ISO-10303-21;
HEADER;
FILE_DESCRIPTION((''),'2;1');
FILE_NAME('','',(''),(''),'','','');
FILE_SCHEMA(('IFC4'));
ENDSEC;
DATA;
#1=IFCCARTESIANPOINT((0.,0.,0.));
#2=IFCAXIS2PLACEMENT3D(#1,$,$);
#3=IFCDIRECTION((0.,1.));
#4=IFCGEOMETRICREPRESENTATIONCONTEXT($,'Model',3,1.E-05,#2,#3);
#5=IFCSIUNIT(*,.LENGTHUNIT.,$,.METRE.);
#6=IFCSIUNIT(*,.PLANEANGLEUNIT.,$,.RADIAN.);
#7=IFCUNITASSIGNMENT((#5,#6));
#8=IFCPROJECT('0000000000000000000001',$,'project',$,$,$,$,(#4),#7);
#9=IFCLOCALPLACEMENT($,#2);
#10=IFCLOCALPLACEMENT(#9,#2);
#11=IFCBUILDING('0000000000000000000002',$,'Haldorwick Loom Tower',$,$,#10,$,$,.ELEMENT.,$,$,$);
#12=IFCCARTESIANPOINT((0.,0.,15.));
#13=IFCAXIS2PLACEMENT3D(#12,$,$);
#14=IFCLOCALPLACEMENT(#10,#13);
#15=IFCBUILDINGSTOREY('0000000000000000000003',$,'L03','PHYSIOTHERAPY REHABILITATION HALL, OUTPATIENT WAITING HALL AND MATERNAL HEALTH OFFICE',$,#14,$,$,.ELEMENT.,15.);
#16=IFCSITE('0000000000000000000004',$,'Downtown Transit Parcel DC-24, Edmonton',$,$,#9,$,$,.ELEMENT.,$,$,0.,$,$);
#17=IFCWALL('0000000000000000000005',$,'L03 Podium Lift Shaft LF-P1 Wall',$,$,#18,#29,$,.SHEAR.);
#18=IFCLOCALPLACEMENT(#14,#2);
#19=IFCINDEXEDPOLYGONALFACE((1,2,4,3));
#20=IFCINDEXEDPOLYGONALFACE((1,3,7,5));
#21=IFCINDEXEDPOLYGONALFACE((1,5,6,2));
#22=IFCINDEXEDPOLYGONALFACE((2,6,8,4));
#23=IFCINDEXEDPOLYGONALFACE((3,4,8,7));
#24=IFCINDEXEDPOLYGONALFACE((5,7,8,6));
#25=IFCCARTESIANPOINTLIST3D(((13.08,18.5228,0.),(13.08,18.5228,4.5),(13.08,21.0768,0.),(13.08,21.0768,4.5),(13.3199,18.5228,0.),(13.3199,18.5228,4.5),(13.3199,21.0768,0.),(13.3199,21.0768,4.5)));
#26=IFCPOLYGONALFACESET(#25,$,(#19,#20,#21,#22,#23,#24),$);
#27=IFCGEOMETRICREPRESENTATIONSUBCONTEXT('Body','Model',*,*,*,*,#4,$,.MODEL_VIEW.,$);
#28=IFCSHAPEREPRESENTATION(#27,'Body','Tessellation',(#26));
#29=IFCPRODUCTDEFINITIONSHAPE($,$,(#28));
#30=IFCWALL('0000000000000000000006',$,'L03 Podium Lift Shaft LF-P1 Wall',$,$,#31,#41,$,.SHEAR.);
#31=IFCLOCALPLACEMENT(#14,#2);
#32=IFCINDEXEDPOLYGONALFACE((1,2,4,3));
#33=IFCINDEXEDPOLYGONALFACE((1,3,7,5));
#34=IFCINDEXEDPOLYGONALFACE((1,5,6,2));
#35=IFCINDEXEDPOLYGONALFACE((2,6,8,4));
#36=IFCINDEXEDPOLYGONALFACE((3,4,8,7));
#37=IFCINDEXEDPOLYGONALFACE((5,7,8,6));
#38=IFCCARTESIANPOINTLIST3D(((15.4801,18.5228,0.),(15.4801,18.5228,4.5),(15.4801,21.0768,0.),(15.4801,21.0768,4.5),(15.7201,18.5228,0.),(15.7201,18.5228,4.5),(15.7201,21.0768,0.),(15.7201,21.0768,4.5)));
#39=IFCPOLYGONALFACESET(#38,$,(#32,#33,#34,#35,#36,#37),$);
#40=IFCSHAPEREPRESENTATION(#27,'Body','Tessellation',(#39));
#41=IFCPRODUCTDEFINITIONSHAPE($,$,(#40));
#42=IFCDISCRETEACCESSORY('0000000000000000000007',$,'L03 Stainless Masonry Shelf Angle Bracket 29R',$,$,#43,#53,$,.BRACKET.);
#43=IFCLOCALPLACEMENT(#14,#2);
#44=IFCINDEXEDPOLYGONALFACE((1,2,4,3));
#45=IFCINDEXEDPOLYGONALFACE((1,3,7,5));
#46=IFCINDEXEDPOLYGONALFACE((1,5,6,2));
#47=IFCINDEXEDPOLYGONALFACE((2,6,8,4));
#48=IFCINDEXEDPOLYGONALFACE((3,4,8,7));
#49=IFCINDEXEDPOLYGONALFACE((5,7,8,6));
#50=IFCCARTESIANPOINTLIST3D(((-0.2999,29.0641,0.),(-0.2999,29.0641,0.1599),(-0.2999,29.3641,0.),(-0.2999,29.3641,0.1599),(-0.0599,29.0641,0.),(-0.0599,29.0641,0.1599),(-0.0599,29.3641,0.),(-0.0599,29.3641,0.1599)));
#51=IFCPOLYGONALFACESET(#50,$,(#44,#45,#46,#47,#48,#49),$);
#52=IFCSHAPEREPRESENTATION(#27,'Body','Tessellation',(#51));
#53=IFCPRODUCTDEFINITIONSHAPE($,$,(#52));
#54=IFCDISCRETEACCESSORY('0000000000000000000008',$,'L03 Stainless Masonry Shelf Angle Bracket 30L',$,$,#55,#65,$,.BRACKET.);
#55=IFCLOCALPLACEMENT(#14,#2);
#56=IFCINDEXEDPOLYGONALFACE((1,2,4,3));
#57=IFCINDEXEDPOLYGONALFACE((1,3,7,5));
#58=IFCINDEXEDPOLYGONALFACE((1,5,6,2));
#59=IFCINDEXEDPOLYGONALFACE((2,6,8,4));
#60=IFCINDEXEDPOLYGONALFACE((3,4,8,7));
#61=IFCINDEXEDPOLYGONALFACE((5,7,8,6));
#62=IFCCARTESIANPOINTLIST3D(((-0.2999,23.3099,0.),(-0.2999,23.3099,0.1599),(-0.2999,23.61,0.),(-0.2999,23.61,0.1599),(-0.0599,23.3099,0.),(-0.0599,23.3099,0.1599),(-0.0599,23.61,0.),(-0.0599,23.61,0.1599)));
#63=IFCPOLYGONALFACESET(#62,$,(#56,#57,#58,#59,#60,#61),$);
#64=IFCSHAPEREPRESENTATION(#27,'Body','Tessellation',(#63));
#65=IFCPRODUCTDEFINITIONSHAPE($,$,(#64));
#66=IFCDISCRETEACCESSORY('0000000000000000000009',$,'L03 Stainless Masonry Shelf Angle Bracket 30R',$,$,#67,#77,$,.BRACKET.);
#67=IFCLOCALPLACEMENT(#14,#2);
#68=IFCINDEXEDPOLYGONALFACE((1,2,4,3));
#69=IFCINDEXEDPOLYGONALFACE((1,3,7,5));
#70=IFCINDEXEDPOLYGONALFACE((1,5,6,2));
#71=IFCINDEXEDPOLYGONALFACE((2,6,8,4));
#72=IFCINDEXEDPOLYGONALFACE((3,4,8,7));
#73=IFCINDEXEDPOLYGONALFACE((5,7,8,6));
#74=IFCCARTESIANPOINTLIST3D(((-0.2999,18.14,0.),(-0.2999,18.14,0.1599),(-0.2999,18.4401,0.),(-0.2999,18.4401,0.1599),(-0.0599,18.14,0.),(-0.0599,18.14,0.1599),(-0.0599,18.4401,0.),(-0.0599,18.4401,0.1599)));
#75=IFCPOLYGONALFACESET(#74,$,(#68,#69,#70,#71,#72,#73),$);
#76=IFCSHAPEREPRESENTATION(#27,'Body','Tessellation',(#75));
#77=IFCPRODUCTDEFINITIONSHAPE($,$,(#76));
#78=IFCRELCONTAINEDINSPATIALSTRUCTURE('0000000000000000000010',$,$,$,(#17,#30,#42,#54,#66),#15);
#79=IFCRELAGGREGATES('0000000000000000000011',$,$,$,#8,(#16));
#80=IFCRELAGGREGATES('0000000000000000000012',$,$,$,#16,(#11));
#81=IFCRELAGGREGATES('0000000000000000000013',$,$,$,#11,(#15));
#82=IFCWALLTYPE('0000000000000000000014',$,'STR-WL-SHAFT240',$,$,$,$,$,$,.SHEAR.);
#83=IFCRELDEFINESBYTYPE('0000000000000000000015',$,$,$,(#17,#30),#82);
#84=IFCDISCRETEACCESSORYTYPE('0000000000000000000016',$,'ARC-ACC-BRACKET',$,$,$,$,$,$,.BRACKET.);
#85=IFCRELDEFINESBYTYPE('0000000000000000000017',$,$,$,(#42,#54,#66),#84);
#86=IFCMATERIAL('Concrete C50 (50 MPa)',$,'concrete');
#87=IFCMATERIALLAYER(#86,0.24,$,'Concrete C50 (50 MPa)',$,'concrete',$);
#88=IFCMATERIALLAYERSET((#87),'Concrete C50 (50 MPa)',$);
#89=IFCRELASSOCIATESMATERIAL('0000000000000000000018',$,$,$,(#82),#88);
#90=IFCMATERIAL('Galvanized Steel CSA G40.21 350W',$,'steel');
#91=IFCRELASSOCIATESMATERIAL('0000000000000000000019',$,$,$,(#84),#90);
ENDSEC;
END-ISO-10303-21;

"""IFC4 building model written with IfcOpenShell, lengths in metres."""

from ifc_helpers import new_model, si_unit, direction, frame, frame_2d, origin, origin_2d, place, context, subcontext, project, spatial, rectangle, extrude, material, layer, layer_set, type_object, element, save


model = new_model("IFC4")

# Units and contexts
model_context = context("Model", 3, precision=1e-05, world=origin(), true_north=direction((0.0, 1.0)))
body_context = subcontext(model_context, "Body", "Model", "MODEL_VIEW")
ifc_project = project(units=[si_unit("LENGTHUNIT", "METRE"), si_unit("PLANEANGLEUNIT", "RADIAN")], contexts=[model_context])

# Site, building, storey
site_placement = place(None, origin())
site = spatial("IfcSite", under=ifc_project, at=site_placement, Name="Downtown Transit Parcel DC-24, Edmonton", CompositionType="ELEMENT", RefElevation=0.0)
building_placement = place(site_placement, origin())
building = spatial("IfcBuilding", under=site, at=building_placement, Name="Haldorwick Loom Tower", CompositionType="ELEMENT")
storey_placement = place(building_placement, frame((0.0, 0.0, 15.0)))
storey = spatial("IfcBuildingStorey", under=building, at=storey_placement, Name="L03", Description="PHYSIOTHERAPY REHABILITATION HALL, OUTPATIENT WAITING HALL AND MATERNAL HEALTH OFFICE", CompositionType="ELEMENT", Elevation=15.0)

# Shared definitions
ifc_material_1 = material(Name="Concrete C50 (50 MPa)", Category="concrete")
ifc_layer_1 = layer(ifc_material_1, 0.24, Name="Concrete C50 (50 MPa)", Category="concrete")
ifc_layer_set_1 = layer_set([ifc_layer_1], Name="Concrete C50 (50 MPa)")
wall_type_1 = type_object("IfcWallType", Name="STR-WL-SHAFT240", PredefinedType="SHEAR", material=ifc_layer_set_1)

# Walls
for number, where, z_axis, x_axis, name in (
    (1, (13.2, 18.5229, 0.0), (0.0, 0.0, 1.0), (0.0, 1.0, 0.0), "L03 Podium Lift Shaft LF-P1 Wall"),
    (2, (15.6001, 18.5229, 0.0), (0.0, 0.0, 1.0), (0.0, 1.0, 0.0), "L03 Podium Lift Shaft LF-P1 Wall"),
):
    element("IfcWall", number, at=place(storey_placement, frame(where, z_axis=z_axis, x_axis=x_axis)), inside=storey, type_object=wall_type_1, Name=name, PredefinedType="SHEAR", context=body_context, shape_type="SweptSolid", body=[
        extrude(rectangle(XDim=2.554, YDim=0.24, at=frame_2d((1.2769, 0.0))), origin(), (0.0, 0.0, 1.0), 4.5),
    ])

# Discrete accessories
ifc_material_2 = material(Name="Galvanized Steel CSA G40.21 350W", Category="steel")
discrete_accessory_type = type_object("IfcDiscreteAccessoryType", Name="ARC-ACC-BRACKET", PredefinedType="BRACKET", material=ifc_material_2)
for number, where, z_axis, x_axis, name in (
    (3, (-0.1799, 29.2141, 0.0), (0.0, 0.0, 1.0), (0.0, -1.0, 0.0), "L03 Stainless Masonry Shelf Angle Bracket 29R"),
    (4, (-0.1799, 23.46, 0.0), (0.0, 0.0, 1.0), (0.0, -1.0, 0.0), "L03 Stainless Masonry Shelf Angle Bracket 30L"),
    (5, (-0.1799, 18.29, 0.0), (0.0, 0.0, 1.0), (0.0, -1.0, 0.0), "L03 Stainless Masonry Shelf Angle Bracket 30R"),
):
    element("IfcDiscreteAccessory", number, at=place(storey_placement, frame(where, z_axis=z_axis, x_axis=x_axis)), inside=storey, type_object=discrete_accessory_type, Name=name, PredefinedType="BRACKET", context=body_context, shape_type="SweptSolid", body=[
        extrude(rectangle(XDim=0.3, YDim=0.24, at=origin_2d()), origin(), (0.0, 0.0, 1.0), 0.1599),
    ])

save(model, "model.ifc")
